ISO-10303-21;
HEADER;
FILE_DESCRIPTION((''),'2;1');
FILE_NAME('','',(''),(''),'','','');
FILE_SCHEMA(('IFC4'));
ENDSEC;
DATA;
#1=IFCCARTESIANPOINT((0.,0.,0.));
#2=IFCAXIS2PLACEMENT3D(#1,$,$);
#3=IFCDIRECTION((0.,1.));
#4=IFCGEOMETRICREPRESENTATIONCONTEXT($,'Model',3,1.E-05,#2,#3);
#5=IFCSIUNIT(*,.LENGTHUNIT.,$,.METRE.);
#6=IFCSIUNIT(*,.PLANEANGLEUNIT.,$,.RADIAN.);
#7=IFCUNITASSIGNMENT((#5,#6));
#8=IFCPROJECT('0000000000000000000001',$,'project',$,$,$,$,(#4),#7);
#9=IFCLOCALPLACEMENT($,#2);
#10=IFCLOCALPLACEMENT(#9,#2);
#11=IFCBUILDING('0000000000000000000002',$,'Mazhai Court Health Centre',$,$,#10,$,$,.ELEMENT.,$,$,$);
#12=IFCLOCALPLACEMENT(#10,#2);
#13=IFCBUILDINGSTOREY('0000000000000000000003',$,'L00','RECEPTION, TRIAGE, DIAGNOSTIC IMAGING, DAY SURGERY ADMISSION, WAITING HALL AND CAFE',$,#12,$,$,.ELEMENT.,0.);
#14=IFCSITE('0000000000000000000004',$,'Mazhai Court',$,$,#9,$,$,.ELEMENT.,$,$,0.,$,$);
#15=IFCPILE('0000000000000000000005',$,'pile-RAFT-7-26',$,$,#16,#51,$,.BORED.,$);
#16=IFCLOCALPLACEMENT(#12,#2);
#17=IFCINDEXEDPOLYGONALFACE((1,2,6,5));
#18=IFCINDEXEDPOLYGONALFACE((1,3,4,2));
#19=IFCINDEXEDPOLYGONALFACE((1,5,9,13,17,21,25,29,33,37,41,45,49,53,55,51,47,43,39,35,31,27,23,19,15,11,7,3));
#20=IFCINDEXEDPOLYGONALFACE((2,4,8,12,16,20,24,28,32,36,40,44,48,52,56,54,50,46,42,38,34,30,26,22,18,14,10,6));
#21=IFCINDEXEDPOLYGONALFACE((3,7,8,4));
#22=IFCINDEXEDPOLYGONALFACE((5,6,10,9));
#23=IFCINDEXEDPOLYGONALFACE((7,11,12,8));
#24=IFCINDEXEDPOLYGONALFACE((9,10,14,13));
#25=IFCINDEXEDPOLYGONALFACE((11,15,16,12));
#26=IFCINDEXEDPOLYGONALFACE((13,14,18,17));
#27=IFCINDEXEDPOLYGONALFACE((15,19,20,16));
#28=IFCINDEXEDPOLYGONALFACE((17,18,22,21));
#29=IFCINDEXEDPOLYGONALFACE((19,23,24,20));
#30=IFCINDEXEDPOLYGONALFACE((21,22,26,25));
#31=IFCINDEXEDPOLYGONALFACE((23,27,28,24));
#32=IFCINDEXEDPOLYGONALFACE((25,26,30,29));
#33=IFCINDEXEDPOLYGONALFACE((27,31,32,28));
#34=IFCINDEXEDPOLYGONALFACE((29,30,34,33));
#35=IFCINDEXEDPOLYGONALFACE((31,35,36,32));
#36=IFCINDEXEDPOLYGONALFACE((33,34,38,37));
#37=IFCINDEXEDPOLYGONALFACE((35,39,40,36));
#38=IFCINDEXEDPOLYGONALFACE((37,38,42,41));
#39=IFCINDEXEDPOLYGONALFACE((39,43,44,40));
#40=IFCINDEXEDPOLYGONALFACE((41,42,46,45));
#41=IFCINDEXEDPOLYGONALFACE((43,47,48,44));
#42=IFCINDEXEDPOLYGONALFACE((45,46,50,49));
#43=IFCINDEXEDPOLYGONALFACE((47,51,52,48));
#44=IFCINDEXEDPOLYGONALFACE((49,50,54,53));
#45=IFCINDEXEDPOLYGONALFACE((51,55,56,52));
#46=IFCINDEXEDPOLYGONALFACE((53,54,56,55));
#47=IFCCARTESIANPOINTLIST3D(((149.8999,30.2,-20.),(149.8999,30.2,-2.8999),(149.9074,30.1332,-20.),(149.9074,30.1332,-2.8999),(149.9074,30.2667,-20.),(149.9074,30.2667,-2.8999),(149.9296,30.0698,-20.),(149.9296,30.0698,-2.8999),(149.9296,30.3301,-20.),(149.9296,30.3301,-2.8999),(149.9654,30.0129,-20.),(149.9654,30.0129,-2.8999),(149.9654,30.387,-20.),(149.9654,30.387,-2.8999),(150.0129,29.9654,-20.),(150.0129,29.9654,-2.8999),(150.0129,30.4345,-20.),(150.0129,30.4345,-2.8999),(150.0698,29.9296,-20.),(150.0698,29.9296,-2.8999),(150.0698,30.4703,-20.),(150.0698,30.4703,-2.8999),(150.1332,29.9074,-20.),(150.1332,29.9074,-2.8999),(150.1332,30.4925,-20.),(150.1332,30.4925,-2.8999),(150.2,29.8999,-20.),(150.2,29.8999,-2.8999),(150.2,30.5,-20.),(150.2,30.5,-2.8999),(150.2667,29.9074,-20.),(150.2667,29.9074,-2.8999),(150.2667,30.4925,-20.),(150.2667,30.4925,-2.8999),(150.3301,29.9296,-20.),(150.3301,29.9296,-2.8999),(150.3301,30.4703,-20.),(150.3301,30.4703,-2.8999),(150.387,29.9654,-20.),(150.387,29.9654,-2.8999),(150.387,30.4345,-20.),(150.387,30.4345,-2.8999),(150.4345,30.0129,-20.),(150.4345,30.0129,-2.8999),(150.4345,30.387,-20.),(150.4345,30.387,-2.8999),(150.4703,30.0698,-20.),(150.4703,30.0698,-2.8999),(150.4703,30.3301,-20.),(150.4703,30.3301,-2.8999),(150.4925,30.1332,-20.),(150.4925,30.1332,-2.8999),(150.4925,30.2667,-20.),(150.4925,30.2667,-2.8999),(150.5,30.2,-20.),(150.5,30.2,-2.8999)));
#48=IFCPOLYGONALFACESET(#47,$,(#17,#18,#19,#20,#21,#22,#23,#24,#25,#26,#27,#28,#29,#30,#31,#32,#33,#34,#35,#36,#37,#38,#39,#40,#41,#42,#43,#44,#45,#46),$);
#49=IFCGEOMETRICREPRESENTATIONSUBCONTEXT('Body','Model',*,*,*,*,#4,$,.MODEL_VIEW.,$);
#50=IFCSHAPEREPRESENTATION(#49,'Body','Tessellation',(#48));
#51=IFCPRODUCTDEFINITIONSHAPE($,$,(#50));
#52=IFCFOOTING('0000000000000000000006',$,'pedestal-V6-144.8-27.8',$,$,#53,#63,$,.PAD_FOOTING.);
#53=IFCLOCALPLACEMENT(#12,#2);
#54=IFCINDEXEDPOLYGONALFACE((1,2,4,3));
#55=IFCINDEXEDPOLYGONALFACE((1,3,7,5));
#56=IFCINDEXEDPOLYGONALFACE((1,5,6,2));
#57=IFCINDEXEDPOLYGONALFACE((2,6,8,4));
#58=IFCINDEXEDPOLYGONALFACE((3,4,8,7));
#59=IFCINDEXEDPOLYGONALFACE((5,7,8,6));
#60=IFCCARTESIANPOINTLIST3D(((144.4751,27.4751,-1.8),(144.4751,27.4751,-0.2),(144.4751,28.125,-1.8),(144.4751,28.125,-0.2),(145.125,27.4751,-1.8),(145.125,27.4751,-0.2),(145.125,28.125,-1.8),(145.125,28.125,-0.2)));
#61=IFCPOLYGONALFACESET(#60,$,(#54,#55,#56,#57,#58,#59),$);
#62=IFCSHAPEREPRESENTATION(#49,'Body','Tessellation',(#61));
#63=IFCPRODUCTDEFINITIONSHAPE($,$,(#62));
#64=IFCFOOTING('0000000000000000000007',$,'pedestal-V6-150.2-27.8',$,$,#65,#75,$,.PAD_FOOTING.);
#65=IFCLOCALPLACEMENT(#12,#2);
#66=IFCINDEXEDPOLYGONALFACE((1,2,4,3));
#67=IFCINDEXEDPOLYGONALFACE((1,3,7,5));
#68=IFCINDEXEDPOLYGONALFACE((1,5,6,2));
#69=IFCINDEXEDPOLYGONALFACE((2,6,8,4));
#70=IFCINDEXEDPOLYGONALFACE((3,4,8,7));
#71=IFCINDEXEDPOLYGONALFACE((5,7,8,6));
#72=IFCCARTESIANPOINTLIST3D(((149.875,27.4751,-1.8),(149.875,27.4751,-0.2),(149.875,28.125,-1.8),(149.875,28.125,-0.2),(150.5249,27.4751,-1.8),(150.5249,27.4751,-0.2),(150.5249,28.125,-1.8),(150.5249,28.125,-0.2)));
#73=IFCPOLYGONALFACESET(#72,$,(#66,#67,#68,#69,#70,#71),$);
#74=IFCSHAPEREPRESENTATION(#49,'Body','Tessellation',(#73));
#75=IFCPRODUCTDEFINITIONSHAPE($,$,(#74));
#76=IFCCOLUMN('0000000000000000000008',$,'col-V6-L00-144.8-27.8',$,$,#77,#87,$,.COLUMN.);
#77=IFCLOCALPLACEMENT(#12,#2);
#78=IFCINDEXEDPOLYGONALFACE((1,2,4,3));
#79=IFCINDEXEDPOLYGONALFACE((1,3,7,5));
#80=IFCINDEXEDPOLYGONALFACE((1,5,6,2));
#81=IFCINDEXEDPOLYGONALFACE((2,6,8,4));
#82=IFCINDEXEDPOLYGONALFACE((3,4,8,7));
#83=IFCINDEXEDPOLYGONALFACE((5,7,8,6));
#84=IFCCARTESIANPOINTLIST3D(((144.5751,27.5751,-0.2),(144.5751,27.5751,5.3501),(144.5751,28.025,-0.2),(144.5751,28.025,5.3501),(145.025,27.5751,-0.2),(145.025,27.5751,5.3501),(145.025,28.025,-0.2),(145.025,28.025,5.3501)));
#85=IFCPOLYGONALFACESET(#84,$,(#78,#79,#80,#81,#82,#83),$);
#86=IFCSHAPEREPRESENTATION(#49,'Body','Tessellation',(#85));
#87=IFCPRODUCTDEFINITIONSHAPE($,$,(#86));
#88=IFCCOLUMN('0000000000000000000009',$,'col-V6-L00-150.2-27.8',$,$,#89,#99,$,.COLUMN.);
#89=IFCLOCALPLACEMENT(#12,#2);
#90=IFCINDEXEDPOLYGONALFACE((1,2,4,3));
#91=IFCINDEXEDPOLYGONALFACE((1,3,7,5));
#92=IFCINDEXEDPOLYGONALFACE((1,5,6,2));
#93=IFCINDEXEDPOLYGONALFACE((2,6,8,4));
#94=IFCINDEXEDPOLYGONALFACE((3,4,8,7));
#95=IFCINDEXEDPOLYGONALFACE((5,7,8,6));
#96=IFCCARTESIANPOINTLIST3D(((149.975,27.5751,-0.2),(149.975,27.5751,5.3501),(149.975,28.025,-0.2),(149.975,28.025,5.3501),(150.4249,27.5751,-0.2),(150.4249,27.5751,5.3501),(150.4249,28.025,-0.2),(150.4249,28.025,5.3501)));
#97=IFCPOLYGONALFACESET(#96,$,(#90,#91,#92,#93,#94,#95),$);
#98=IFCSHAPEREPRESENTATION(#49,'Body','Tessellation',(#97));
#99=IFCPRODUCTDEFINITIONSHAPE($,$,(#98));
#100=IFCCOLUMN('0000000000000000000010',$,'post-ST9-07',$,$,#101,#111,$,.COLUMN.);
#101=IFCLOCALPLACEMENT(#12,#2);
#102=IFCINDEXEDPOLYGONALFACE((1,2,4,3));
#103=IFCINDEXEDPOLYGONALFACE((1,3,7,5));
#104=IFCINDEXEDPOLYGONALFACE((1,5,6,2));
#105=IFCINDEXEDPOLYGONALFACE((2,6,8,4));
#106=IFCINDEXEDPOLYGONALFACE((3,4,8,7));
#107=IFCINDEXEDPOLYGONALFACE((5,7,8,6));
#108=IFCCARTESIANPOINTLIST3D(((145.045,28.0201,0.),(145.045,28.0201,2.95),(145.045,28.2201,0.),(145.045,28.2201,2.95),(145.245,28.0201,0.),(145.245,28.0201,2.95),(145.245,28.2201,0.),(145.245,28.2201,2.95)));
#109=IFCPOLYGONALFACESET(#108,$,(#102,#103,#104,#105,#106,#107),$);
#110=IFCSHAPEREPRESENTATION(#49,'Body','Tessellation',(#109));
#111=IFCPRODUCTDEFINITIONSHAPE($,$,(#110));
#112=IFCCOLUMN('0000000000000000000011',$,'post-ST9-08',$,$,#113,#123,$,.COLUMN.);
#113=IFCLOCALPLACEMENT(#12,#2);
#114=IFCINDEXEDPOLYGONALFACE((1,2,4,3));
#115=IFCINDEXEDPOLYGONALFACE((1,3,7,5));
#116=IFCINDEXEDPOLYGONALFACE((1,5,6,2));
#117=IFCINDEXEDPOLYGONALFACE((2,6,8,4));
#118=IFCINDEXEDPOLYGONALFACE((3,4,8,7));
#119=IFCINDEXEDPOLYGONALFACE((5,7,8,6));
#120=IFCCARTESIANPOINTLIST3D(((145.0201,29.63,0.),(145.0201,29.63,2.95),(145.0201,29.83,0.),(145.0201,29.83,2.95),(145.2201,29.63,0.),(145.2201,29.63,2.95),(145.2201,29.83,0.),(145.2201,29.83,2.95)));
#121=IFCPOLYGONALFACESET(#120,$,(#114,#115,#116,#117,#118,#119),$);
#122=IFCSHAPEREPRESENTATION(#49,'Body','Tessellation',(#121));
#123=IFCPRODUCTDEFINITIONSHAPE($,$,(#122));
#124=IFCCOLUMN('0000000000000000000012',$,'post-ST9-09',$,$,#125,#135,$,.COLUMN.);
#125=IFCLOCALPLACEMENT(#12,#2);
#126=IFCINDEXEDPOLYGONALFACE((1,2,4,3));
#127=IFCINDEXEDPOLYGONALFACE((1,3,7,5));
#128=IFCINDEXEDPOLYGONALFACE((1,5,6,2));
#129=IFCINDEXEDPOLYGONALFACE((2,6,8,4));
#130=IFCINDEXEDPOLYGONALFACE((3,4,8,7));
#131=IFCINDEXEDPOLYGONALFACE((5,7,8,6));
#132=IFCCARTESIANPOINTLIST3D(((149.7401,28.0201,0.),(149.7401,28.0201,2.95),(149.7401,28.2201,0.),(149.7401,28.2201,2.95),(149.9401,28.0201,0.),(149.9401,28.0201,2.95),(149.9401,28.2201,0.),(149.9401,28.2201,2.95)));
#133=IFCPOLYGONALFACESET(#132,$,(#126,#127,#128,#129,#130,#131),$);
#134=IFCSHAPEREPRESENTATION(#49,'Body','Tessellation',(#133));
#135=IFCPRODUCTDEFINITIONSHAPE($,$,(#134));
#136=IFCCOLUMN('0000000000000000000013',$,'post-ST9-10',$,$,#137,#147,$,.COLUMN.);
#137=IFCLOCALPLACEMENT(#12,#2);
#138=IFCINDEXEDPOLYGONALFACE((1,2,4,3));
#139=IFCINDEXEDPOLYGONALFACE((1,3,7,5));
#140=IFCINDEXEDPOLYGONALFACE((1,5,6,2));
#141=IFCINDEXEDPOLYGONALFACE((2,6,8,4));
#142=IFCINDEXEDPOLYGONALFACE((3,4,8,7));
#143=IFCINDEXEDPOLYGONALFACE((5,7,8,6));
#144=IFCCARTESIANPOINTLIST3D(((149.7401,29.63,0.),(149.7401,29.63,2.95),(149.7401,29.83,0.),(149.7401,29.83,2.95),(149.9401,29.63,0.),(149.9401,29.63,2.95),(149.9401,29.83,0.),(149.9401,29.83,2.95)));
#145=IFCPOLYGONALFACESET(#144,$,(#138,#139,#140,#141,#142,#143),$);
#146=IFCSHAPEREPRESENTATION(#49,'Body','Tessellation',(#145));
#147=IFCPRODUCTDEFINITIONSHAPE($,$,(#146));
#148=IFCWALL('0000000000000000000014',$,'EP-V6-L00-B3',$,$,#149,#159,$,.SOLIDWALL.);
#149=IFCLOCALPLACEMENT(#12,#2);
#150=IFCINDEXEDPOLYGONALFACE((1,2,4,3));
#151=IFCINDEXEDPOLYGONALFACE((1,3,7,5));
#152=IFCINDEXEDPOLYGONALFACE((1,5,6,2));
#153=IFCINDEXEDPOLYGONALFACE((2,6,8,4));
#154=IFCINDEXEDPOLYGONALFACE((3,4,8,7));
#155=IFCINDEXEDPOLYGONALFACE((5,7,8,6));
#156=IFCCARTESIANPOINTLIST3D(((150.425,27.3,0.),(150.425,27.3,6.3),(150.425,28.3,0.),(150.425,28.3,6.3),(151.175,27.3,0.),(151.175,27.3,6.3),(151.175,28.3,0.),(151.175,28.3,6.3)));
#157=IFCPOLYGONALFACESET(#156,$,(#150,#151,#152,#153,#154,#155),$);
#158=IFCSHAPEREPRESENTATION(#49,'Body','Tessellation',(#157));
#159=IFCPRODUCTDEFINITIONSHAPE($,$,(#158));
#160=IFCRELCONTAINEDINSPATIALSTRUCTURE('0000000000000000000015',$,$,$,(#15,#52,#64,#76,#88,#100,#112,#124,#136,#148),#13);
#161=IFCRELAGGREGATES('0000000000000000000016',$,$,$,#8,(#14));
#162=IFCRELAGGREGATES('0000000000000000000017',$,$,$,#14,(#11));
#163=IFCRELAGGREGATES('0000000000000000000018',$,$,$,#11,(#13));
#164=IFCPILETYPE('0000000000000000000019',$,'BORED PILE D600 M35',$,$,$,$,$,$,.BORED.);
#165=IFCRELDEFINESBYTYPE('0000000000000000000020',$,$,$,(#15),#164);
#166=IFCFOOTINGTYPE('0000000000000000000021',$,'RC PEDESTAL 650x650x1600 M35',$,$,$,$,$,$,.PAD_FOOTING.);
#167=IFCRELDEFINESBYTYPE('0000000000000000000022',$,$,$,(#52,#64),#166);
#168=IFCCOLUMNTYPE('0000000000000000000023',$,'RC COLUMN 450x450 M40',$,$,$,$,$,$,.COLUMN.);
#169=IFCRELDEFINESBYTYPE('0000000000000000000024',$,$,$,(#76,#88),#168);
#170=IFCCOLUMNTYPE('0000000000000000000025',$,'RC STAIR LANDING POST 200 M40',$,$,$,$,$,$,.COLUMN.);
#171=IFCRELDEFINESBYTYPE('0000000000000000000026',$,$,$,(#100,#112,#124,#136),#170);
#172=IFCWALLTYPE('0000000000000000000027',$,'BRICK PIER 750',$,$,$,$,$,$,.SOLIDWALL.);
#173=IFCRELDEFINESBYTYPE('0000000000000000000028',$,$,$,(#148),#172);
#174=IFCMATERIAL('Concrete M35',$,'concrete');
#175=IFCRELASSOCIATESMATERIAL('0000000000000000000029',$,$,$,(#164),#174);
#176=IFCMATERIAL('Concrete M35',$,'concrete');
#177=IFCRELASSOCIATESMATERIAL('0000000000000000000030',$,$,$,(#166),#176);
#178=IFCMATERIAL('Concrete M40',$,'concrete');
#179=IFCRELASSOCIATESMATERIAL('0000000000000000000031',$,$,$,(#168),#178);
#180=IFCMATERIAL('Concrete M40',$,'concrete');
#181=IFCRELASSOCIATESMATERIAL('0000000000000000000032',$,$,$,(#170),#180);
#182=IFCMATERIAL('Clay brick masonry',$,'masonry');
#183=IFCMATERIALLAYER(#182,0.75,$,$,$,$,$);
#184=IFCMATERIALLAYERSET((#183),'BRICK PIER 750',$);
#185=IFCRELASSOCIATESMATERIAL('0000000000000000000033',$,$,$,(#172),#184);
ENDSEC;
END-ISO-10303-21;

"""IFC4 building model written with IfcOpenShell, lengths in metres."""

from ifc_helpers import new_model, si_unit, direction, frame, frame_2d, origin, origin_2d, place, context, subcontext, project, spatial, rectangle, circle, extrude, material, layer, layer_set, material_profile, profile_set, type_object, element, save


model = new_model("IFC4")

# Units and contexts
model_context = context("Model", 3, precision=1e-05, world=origin(), true_north=direction((0.0, 1.0)))
body_context = subcontext(model_context, "Body", "Model", "MODEL_VIEW")
ifc_project = project(units=[si_unit("LENGTHUNIT", "METRE"), si_unit("PLANEANGLEUNIT", "RADIAN")], contexts=[model_context])

# Site, building, storey
site_placement = place(None, origin())
site = spatial("IfcSite", under=ifc_project, at=site_placement, Name="Mazhai Court", CompositionType="ELEMENT", RefElevation=0.0)
building_placement = place(site_placement, origin())
building = spatial("IfcBuilding", under=site, at=building_placement, Name="Mazhai Court Health Centre", CompositionType="ELEMENT")
storey_placement = place(building_placement, origin())
storey = spatial("IfcBuildingStorey", under=building, at=storey_placement, Name="L00", Description="RECEPTION, TRIAGE, DIAGNOSTIC IMAGING, DAY SURGERY ADMISSION, WAITING HALL AND CAFE", CompositionType="ELEMENT", Elevation=0.0)

# Pile
ifc_material_1 = material(Name="Concrete M35", Category="concrete")
ifc_material_profile_1 = material_profile(ifc_material_1, circle(Radius=0.3, at=origin_2d()), Name="RC PILE D600")
ifc_profile_set_1 = profile_set([ifc_material_profile_1], Name="Concrete M35")
pile_type = type_object("IfcPileType", Name="BORED PILE D600 M35", PredefinedType="BORED", material=ifc_profile_set_1)
for number, where, z_axis, x_axis, name in (
    (1, (150.2, 30.2, -2.8999), (0.0, 0.0, -1.0), (1.0, 0.0, 0.0), "pile-RAFT-7-26"),
):
    element("IfcPile", number, at=place(storey_placement, frame(where, z_axis=z_axis, x_axis=x_axis)), inside=storey, type_object=pile_type, Name=name, PredefinedType="BORED", context=body_context, shape_type="SweptSolid", body=[
        extrude(circle(Radius=0.3, at=origin_2d()), origin(), (0.0, 0.0, 1.0), 17.1001),
    ])

# Footings
ifc_material_2 = material(Name="Concrete M35", Category="concrete")
footing_type = type_object("IfcFootingType", Name="RC PEDESTAL 650x650x1600 M35", PredefinedType="PAD_FOOTING", material=ifc_material_2)
for number, where, z_axis, x_axis, name in (
    (2, (144.8, 27.8, -1.8), (0.0, 0.0, 1.0), (1.0, 0.0, 0.0), "pedestal-V6-144.8-27.8"),
    (3, (150.2, 27.8, -1.8), (0.0, 0.0, 1.0), (1.0, 0.0, 0.0), "pedestal-V6-150.2-27.8"),
):
    element("IfcFooting", number, at=place(storey_placement, frame(where, z_axis=z_axis, x_axis=x_axis)), inside=storey, type_object=footing_type, Name=name, PredefinedType="PAD_FOOTING", context=body_context, shape_type="SweptSolid", body=[
        extrude(rectangle(XDim=0.6499, YDim=0.6499, at=origin_2d()), origin(), (0.0, 0.0, 1.0), 1.6001),
    ])

# Columns
ifc_material_3 = material(Name="Concrete M40", Category="concrete")
ifc_material_profile_2 = material_profile(ifc_material_3, rectangle(XDim=0.45, YDim=0.45, at=origin_2d()), Name="RC 450x450")
ifc_profile_set_2 = profile_set([ifc_material_profile_2], Name="Concrete M40")
column_type_1 = type_object("IfcColumnType", Name="RC COLUMN 450x450 M40", PredefinedType="COLUMN", material=ifc_profile_set_2)
for number, where, z_axis, x_axis, name in (
    (4, (144.8, 27.8, -0.2), (0.0, 0.0, 1.0), (1.0, 0.0, 0.0), "col-V6-L00-144.8-27.8"),
    (5, (150.2, 27.8, -0.2), (0.0, 0.0, 1.0), (1.0, 0.0, 0.0), "col-V6-L00-150.2-27.8"),
):
    element("IfcColumn", number, at=place(storey_placement, frame(where, z_axis=z_axis, x_axis=x_axis)), inside=storey, type_object=column_type_1, Name=name, PredefinedType="COLUMN", context=body_context, shape_type="SweptSolid", body=[
        extrude(rectangle(XDim=0.45, YDim=0.45, at=origin_2d()), origin(), (0.0, 0.0, 1.0), 5.55),
    ])
ifc_material_4 = material(Name="Concrete M40", Category="concrete")
ifc_material_profile_3 = material_profile(ifc_material_4, rectangle(XDim=0.2, YDim=0.2, at=origin_2d()), Name="RC 200x200")
ifc_profile_set_3 = profile_set([ifc_material_profile_3], Name="Concrete M40")
column_type_2 = type_object("IfcColumnType", Name="RC STAIR LANDING POST 200 M40", PredefinedType="COLUMN", material=ifc_profile_set_3)
for number, where, z_axis, x_axis, name in (
    (6, (145.145, 28.1201, 0.0), (0.0, 0.0, 1.0), (1.0, 0.0, 0.0), "post-ST9-07"),
    (7, (145.1201, 29.73, 0.0), (0.0, 0.0, 1.0), (1.0, 0.0, 0.0), "post-ST9-08"),
    (8, (149.8401, 28.1201, 0.0), (0.0, 0.0, 1.0), (1.0, 0.0, 0.0), "post-ST9-09"),
    (9, (149.8401, 29.73, 0.0), (0.0, 0.0, 1.0), (1.0, 0.0, 0.0), "post-ST9-10"),
):
    element("IfcColumn", number, at=place(storey_placement, frame(where, z_axis=z_axis, x_axis=x_axis)), inside=storey, type_object=column_type_2, Name=name, PredefinedType="COLUMN", context=body_context, shape_type="SweptSolid", body=[
        extrude(rectangle(XDim=0.2, YDim=0.2, at=origin_2d()), origin(), (0.0, 0.0, 1.0), 2.95),
    ])

# Wall
ifc_material_5 = material(Name="Clay brick masonry", Category="masonry")
ifc_layer_1 = layer(ifc_material_5, 0.75)
ifc_layer_set_1 = layer_set([ifc_layer_1], Name="BRICK PIER 750")
wall_type_1 = type_object("IfcWallType", Name="BRICK PIER 750", PredefinedType="SOLIDWALL", material=ifc_layer_set_1)
wall_1_placement = place(storey_placement, frame((150.8, 28.3, 0.0), z_axis=(0.0, 0.0, 1.0), x_axis=(0.0, -1.0, 0.0)))
element("IfcWall", 10, at=wall_1_placement, inside=storey, type_object=wall_type_1, Name="EP-V6-L00-B3", PredefinedType="SOLIDWALL", context=body_context, shape_type="SweptSolid", body=[
    extrude(rectangle(XDim=1.0, YDim=0.75, at=frame_2d((0.5, 0.0))), origin(), (0.0, 0.0, 1.0), 6.3),
])

save(model, "model.ifc")
